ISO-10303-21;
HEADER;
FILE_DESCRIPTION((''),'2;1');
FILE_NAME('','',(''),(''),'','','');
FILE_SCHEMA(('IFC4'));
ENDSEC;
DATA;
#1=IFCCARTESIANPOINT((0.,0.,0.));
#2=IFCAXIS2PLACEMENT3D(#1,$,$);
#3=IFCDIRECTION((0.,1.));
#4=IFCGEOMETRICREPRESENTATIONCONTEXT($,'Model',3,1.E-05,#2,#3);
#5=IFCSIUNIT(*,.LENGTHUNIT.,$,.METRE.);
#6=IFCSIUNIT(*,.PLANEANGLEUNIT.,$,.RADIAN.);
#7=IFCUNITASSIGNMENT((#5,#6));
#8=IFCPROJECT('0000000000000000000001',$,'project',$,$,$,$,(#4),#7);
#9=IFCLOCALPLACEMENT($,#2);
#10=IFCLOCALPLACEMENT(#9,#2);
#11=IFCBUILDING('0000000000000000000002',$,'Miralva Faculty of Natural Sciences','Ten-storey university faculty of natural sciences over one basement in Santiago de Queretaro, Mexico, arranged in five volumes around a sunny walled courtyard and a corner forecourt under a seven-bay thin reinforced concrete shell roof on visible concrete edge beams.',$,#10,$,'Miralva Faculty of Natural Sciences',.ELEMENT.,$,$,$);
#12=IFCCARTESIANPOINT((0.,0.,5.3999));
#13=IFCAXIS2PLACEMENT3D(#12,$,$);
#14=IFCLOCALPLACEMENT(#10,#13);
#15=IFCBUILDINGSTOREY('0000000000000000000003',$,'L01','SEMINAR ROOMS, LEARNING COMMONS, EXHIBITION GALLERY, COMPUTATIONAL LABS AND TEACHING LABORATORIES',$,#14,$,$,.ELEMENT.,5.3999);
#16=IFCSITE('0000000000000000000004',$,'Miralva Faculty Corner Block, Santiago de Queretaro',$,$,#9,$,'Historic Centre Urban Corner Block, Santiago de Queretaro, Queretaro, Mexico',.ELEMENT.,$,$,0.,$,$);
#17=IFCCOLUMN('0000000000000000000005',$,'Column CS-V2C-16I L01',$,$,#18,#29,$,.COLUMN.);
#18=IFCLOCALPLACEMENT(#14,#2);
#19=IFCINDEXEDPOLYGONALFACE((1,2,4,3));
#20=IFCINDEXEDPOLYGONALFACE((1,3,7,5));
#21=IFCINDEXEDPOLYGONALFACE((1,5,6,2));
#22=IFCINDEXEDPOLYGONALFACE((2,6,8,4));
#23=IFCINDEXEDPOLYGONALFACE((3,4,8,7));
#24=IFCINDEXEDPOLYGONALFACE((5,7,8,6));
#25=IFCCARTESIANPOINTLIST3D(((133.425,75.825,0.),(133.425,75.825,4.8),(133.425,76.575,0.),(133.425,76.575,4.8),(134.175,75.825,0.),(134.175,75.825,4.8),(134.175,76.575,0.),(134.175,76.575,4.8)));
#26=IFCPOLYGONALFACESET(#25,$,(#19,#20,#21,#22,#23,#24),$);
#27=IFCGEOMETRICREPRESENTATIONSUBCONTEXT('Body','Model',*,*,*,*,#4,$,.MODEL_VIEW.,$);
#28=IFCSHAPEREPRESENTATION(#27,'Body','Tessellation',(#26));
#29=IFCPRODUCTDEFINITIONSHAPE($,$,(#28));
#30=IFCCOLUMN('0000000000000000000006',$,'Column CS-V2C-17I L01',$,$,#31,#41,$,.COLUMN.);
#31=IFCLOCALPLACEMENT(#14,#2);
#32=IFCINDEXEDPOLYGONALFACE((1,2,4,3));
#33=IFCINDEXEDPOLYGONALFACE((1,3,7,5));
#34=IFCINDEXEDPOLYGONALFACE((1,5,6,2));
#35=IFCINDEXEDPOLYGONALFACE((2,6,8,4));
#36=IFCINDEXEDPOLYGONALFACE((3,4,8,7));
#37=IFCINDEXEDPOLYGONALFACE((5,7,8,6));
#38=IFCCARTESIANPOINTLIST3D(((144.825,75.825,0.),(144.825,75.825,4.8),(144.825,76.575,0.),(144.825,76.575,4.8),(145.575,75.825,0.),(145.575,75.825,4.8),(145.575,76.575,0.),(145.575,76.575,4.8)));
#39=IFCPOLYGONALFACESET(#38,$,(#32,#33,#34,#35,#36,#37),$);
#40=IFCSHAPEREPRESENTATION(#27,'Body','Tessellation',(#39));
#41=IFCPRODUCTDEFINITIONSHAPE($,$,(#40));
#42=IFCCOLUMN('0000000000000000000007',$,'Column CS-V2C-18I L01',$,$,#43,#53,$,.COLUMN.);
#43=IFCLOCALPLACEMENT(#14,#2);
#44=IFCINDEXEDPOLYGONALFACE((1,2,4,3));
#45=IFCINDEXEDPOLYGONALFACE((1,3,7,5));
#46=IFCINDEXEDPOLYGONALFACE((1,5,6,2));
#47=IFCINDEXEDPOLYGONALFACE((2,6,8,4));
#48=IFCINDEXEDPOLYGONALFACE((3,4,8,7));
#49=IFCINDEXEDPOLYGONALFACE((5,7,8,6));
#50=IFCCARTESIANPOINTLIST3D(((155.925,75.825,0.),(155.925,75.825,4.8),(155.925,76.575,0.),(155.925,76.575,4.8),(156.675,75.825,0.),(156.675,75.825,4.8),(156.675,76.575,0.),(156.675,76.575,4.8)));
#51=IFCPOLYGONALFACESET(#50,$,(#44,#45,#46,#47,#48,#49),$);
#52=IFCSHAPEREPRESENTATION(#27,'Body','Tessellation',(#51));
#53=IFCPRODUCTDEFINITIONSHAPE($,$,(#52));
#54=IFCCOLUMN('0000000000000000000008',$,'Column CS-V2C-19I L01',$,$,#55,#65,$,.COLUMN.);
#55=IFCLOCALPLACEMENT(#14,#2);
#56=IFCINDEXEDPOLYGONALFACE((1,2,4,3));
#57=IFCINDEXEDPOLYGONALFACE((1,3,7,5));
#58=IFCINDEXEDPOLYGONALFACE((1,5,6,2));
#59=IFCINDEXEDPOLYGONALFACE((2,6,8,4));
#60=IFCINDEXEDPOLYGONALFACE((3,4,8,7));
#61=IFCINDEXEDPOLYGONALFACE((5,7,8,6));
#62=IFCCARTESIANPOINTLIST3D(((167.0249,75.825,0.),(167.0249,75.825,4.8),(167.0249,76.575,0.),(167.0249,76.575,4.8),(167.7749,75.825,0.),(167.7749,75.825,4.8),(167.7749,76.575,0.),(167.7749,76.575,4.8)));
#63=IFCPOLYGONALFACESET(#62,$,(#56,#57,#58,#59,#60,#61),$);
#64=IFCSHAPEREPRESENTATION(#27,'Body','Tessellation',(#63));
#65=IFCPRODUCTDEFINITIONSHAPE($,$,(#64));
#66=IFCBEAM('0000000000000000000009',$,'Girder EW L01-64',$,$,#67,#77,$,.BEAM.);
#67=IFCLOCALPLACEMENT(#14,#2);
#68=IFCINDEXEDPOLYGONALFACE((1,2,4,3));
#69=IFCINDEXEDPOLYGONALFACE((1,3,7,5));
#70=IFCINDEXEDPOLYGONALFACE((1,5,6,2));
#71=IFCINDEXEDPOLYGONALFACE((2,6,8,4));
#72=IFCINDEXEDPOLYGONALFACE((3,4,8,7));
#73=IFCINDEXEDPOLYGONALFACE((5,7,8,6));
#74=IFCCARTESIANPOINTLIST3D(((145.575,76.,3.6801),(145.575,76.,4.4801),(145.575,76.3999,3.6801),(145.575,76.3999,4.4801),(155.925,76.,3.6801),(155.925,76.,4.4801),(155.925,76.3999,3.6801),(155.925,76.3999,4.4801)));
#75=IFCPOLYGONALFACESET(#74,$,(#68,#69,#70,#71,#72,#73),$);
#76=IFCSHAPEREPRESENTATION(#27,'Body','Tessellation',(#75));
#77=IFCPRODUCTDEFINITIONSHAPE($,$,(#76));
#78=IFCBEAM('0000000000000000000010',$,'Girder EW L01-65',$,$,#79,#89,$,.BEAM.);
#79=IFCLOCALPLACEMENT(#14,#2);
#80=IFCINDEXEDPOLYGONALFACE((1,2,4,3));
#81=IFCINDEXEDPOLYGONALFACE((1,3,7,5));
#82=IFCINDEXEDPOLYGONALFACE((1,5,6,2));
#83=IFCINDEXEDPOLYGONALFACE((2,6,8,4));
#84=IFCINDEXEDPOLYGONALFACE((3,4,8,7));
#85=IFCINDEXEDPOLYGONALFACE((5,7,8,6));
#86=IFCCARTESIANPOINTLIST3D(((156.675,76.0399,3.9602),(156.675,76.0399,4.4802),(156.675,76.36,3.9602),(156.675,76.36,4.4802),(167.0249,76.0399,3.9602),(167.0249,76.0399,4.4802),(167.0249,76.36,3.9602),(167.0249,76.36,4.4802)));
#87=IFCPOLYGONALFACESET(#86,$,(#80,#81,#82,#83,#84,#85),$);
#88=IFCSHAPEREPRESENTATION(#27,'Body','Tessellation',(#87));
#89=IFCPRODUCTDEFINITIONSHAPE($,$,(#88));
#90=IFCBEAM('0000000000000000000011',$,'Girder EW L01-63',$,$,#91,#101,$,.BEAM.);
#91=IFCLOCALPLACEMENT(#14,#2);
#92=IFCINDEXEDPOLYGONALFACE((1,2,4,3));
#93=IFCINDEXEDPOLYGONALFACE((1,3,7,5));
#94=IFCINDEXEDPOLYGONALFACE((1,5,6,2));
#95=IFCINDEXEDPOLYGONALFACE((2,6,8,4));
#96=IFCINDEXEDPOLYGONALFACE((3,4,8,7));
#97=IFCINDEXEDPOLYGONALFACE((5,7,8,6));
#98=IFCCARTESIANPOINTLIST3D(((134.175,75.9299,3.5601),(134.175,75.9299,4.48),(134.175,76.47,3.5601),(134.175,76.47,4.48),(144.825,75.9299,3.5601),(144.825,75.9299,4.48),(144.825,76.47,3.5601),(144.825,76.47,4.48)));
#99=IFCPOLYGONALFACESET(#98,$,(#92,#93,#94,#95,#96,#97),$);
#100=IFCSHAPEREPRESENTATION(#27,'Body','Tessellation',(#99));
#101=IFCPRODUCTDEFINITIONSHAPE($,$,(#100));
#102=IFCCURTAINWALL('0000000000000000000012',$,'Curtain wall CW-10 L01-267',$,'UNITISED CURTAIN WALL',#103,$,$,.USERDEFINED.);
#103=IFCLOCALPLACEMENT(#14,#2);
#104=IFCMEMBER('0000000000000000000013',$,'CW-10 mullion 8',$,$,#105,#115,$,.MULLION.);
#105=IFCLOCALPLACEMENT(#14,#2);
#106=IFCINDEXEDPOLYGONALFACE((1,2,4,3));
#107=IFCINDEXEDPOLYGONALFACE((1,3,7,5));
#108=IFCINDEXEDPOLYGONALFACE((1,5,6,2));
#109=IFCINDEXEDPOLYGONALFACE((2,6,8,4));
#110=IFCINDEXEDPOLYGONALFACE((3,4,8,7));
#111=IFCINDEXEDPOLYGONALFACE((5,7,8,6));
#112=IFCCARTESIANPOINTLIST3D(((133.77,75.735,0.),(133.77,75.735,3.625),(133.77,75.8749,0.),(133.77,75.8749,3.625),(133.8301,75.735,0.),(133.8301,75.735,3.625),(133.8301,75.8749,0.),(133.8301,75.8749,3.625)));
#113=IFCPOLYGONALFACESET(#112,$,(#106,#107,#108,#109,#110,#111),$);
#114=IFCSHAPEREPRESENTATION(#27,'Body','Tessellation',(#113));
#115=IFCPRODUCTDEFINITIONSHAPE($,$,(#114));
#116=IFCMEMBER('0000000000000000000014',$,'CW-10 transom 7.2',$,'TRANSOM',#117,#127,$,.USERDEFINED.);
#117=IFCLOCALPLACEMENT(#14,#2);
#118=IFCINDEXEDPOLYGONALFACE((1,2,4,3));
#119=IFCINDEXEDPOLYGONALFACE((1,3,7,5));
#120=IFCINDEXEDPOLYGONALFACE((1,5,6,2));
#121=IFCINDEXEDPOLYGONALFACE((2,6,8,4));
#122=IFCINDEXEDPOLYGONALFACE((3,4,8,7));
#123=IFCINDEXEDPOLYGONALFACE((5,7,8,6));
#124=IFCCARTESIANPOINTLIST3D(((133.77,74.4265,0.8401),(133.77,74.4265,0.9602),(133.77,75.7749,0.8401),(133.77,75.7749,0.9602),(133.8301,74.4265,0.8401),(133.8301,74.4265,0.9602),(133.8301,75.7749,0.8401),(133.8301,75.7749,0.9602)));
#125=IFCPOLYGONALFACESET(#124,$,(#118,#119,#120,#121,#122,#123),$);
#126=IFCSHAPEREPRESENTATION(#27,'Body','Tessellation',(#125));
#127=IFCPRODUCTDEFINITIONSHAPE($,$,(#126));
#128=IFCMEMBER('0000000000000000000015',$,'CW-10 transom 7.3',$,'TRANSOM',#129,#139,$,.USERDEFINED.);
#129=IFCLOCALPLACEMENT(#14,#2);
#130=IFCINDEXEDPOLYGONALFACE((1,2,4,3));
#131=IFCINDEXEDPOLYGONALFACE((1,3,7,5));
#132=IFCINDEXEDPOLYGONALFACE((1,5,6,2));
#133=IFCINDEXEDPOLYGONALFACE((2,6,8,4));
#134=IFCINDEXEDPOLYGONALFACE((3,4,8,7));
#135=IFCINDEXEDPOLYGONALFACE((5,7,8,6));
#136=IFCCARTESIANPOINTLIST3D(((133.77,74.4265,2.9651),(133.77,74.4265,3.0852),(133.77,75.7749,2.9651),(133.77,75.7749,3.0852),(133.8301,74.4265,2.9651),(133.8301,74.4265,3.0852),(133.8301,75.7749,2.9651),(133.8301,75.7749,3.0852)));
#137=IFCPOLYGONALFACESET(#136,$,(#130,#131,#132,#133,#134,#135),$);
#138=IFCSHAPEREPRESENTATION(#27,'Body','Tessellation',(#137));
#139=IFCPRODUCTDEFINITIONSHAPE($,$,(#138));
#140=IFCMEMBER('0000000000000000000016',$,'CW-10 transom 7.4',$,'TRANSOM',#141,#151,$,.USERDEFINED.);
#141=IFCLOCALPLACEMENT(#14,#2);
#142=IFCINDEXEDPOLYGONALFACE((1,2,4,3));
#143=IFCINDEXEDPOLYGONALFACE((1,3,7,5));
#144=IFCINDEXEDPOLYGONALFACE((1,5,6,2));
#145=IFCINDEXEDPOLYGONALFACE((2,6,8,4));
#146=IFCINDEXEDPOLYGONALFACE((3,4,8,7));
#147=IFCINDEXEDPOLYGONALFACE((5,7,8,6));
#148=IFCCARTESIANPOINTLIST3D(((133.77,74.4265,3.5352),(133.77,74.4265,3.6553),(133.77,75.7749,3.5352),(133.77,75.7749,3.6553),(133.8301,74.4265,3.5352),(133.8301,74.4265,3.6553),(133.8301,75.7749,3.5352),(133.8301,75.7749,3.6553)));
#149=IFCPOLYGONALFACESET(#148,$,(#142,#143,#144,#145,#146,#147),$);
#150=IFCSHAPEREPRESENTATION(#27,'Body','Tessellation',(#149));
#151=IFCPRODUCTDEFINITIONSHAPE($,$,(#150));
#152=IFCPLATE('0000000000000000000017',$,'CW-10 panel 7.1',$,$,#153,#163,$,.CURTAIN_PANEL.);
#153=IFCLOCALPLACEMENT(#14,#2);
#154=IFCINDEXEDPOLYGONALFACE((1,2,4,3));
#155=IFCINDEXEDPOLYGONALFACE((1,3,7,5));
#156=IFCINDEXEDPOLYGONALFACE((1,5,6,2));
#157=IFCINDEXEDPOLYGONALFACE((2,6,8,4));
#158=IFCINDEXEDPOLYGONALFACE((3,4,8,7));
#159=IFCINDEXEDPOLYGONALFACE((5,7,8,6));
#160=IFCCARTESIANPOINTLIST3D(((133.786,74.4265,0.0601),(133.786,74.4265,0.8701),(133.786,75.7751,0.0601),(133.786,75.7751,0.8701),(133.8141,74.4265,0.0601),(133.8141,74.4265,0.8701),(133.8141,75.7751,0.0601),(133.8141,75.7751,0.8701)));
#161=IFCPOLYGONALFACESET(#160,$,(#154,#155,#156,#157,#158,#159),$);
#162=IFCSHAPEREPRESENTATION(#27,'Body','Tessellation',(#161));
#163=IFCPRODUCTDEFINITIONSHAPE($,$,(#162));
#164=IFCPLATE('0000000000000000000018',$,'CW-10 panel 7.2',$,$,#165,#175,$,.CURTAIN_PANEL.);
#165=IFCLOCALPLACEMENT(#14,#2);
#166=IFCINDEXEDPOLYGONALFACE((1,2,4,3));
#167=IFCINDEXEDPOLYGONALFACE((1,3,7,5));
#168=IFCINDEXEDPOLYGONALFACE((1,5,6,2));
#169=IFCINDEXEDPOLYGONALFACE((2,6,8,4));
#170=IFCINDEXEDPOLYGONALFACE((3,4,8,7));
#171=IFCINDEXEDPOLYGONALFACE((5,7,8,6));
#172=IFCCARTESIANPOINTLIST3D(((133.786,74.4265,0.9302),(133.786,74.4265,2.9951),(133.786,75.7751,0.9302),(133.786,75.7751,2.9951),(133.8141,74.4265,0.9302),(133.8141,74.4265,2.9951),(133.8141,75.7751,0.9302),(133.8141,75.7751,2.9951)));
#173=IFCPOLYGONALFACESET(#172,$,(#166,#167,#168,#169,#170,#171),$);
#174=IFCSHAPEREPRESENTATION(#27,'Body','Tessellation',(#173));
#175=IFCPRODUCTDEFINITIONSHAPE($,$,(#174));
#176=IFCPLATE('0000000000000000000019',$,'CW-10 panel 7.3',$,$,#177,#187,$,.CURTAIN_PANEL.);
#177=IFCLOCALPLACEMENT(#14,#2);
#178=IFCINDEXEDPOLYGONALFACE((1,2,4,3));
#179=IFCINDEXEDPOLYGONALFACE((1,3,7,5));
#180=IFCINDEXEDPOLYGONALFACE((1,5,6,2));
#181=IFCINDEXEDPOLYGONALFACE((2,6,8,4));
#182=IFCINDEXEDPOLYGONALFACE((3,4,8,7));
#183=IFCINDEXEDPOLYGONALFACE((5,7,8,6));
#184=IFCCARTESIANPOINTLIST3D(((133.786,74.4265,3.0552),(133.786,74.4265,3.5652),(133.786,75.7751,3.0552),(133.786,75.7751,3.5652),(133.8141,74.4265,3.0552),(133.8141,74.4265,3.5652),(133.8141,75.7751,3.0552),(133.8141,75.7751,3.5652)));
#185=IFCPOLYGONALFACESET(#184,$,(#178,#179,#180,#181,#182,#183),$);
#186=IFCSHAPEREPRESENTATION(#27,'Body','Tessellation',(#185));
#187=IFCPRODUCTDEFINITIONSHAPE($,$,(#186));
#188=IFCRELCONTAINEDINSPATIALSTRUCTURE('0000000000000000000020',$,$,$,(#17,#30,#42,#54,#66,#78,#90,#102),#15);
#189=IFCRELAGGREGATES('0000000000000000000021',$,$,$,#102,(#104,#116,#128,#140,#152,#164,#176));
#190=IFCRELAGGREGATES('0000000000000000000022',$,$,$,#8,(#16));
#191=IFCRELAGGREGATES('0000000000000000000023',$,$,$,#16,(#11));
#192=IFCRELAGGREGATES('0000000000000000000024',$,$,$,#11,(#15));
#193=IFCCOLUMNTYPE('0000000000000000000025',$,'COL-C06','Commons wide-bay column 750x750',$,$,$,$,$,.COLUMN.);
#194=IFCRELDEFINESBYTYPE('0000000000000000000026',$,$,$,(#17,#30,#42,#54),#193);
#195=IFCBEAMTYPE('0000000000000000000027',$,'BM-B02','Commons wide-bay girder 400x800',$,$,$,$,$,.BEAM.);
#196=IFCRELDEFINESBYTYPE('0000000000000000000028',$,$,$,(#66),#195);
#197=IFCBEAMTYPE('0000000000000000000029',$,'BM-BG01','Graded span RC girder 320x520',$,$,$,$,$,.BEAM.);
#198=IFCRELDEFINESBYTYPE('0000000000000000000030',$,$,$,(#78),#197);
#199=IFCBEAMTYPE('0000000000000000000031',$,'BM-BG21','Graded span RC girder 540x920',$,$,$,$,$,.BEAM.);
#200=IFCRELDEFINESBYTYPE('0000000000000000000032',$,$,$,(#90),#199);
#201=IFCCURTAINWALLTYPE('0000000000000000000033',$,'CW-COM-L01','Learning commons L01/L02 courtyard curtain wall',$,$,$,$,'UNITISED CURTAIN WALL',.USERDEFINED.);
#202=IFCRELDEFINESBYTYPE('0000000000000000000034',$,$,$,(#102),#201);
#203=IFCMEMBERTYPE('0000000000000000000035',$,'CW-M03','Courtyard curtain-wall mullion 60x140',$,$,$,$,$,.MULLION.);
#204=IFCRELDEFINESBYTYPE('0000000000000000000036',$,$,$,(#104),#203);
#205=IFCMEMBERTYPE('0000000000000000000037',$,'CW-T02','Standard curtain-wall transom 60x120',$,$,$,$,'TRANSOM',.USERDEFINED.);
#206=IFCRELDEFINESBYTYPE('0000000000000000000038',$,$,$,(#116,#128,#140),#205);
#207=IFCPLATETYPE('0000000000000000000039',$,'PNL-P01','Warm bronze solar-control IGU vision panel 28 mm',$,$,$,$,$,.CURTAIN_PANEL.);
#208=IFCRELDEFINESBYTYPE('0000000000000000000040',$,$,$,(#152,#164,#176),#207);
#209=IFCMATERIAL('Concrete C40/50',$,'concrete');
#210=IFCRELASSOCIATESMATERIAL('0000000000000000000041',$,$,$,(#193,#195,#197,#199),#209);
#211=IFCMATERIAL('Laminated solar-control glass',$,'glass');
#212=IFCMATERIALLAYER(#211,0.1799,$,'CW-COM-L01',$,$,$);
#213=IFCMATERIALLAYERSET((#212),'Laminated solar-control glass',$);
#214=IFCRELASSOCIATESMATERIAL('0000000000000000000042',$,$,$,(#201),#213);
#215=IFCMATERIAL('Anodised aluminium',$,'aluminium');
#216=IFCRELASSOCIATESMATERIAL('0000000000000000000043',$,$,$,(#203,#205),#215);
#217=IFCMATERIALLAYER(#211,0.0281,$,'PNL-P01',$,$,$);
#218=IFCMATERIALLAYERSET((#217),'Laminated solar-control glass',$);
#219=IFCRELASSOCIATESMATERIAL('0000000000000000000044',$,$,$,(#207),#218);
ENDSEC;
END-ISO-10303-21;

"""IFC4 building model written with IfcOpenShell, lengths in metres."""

from ifc_helpers import new_model, si_unit, direction, frame, origin, origin_2d, place, context, subcontext, project, spatial, rectangle, extrude, material, layer, layer_set, material_profile, profile_set, type_object, element, aggregate, save


model = new_model("IFC4")

# Units and contexts
model_context = context("Model", 3, precision=1e-05, world=origin(), true_north=direction((0.0, 1.0)))
body_context = subcontext(model_context, "Body", "Model", "MODEL_VIEW")
ifc_project = project(units=[si_unit("LENGTHUNIT", "METRE"), si_unit("PLANEANGLEUNIT", "RADIAN")], contexts=[model_context])

# Site, building, storey
site_placement = place(None, origin())
site = spatial("IfcSite", under=ifc_project, at=site_placement, Name="Miralva Faculty Corner Block, Santiago de Queretaro", LongName="Historic Centre Urban Corner Block, Santiago de Queretaro, Queretaro, Mexico", CompositionType="ELEMENT", RefElevation=0.0)
building_placement = place(site_placement, origin())
building = spatial("IfcBuilding", under=site, at=building_placement, Name="Miralva Faculty of Natural Sciences", Description="Ten-storey university faculty of natural sciences over one basement in Santiago de Queretaro, Mexico, arranged in five volumes around a sunny walled courtyard and a corner forecourt under a seven-bay thin reinforced concrete shell roof on visible concrete edge beams.", LongName="Miralva Faculty of Natural Sciences", CompositionType="ELEMENT")
storey_placement = place(building_placement, frame((0.0, 0.0, 5.3999)))
storey = spatial("IfcBuildingStorey", under=building, at=storey_placement, Name="L01", Description="SEMINAR ROOMS, LEARNING COMMONS, EXHIBITION GALLERY, COMPUTATIONAL LABS AND TEACHING LABORATORIES", CompositionType="ELEMENT", Elevation=5.3999)

# Columns
ifc_material_1 = material(Name="Concrete C40/50", Category="concrete")
ifc_material_profile_1 = material_profile(ifc_material_1, rectangle(XDim=0.75, YDim=0.75, at=origin_2d()), Name="RC 750x750")
ifc_profile_set_1 = profile_set([ifc_material_profile_1], Name="Concrete C40/50")
column_type = type_object("IfcColumnType", Name="COL-C06", Description="Commons wide-bay column 750x750", PredefinedType="COLUMN", material=ifc_profile_set_1)
for number, where, z_axis, x_axis, name in (
    (1, (133.8, 76.2, 0.0), (0.0, 0.0, 1.0), (1.0, 0.0, 0.0), "Column CS-V2C-16I L01"),
    (2, (145.2, 76.2, 0.0), (0.0, 0.0, 1.0), (1.0, 0.0, 0.0), "Column CS-V2C-17I L01"),
    (3, (156.3, 76.2, 0.0), (0.0, 0.0, 1.0), (1.0, 0.0, 0.0), "Column CS-V2C-18I L01"),
    (4, (167.3999, 76.2, 0.0), (0.0, 0.0, 1.0), (1.0, 0.0, 0.0), "Column CS-V2C-19I L01"),
):
    element("IfcColumn", number, at=place(storey_placement, frame(where, z_axis=z_axis, x_axis=x_axis)), inside=storey, type_object=column_type, Name=name, PredefinedType="COLUMN", context=body_context, shape_type="SweptSolid", body=[
        extrude(rectangle(XDim=0.75, YDim=0.75, at=origin_2d()), origin(), (0.0, 0.0, 1.0), 4.8),
    ])

# Beams
ifc_material_profile_2 = material_profile(ifc_material_1, rectangle(XDim=0.3999, YDim=0.8, at=origin_2d()), Name="RC 400x800")
ifc_profile_set_2 = profile_set([ifc_material_profile_2], Name="Concrete C40/50")
beam_type_1 = type_object("IfcBeamType", Name="BM-B02", Description="Commons wide-bay girder 400x800", PredefinedType="BEAM", material=ifc_profile_set_2)
beam_1_placement = place(storey_placement, frame((145.575, 76.2, 4.0801), z_axis=(1.0, 0.0, 0.0), x_axis=(0.0, 1.0, 0.0)))
element("IfcBeam", 5, at=beam_1_placement, inside=storey, type_object=beam_type_1, Name="Girder EW L01-64", PredefinedType="BEAM", context=body_context, shape_type="SweptSolid", body=[
    extrude(rectangle(XDim=0.3999, YDim=0.8, at=origin_2d()), origin(), (0.0, 0.0, 1.0), 10.3501),
])
ifc_material_profile_3 = material_profile(ifc_material_1, rectangle(XDim=0.3201, YDim=0.52, at=origin_2d()), Name="RC 320x520")
ifc_profile_set_3 = profile_set([ifc_material_profile_3], Name="Concrete C40/50")
beam_type_2 = type_object("IfcBeamType", Name="BM-BG01", Description="Graded span RC girder 320x520", PredefinedType="BEAM", material=ifc_profile_set_3)
beam_2_placement = place(storey_placement, frame((156.675, 76.2, 4.2202), z_axis=(1.0, 0.0, 0.0), x_axis=(0.0, 1.0, 0.0)))
element("IfcBeam", 6, at=beam_2_placement, inside=storey, type_object=beam_type_2, Name="Girder EW L01-65", PredefinedType="BEAM", context=body_context, shape_type="SweptSolid", body=[
    extrude(rectangle(XDim=0.3201, YDim=0.52, at=origin_2d()), origin(), (0.0, 0.0, 1.0), 10.3499),
])
ifc_material_profile_4 = material_profile(ifc_material_1, rectangle(XDim=0.54, YDim=0.9199, at=origin_2d()), Name="RC 540x920")
ifc_profile_set_4 = profile_set([ifc_material_profile_4], Name="Concrete C40/50")
beam_type_3 = type_object("IfcBeamType", Name="BM-BG21", Description="Graded span RC girder 540x920", PredefinedType="BEAM", material=ifc_profile_set_4)
beam_3_placement = place(storey_placement, frame((134.175, 76.2, 4.02), z_axis=(1.0, 0.0, 0.0), x_axis=(0.0, 1.0, 0.0)))
element("IfcBeam", 7, at=beam_3_placement, inside=storey, type_object=beam_type_3, Name="Girder EW L01-63", PredefinedType="BEAM", context=body_context, shape_type="SweptSolid", body=[
    extrude(rectangle(XDim=0.54, YDim=0.9199, at=origin_2d()), origin(), (0.0, 0.0, 1.0), 10.6499),
])

# Curtain wall, members, plates
ifc_material_2 = material(Name="Laminated solar-control glass", Category="glass")
ifc_layer_1 = layer(ifc_material_2, 0.1799, Name="CW-COM-L01")
ifc_layer_set_1 = layer_set([ifc_layer_1], Name="Laminated solar-control glass")
curtain_wall_type = type_object("IfcCurtainWallType", Name="CW-COM-L01", Description="Learning commons L01/L02 courtyard curtain wall", ElementType="UNITISED CURTAIN WALL", PredefinedType="USERDEFINED", material=ifc_layer_set_1)
curtain_wall_placement = place(storey_placement, origin())
curtain_wall = element("IfcCurtainWall", 8, at=curtain_wall_placement, inside=storey, type_object=curtain_wall_type, Name="Curtain wall CW-10 L01-267", ObjectType="UNITISED CURTAIN WALL", PredefinedType="USERDEFINED")
ifc_material_3 = material(Name="Anodised aluminium", Category="aluminium")
ifc_material_profile_5 = material_profile(ifc_material_3, rectangle(XDim=0.0601, YDim=0.1399, at=origin_2d()), Name="MULLION 60x140")
ifc_profile_set_5 = profile_set([ifc_material_profile_5], Name="Anodised aluminium")
member_type_1 = type_object("IfcMemberType", Name="CW-M03", Description="Courtyard curtain-wall mullion 60x140", PredefinedType="MULLION", material=ifc_profile_set_5)
member_1_placement = place(storey_placement, frame((133.8, 75.8049, 0.0), z_axis=(0.0, 0.0, 1.0), x_axis=(-1.0, 0.0, 0.0)))
member_1 = element("IfcMember", 9, at=member_1_placement, type_object=member_type_1, Name="CW-10 mullion 8", PredefinedType="MULLION", context=body_context, shape_type="SweptSolid", body=[
    extrude(rectangle(XDim=0.0601, YDim=0.1399, at=origin_2d()), origin(), (0.0, 0.0, 1.0), 3.625),
])
ifc_material_profile_6 = material_profile(ifc_material_3, rectangle(XDim=0.0601, YDim=0.1201, at=origin_2d()), Name="TRANSOM 60x120")
ifc_profile_set_6 = profile_set([ifc_material_profile_6], Name="Anodised aluminium")
member_type_2 = type_object("IfcMemberType", Name="CW-T02", Description="Standard curtain-wall transom 60x120", ElementType="TRANSOM", PredefinedType="USERDEFINED", material=ifc_profile_set_6)
member_2_placement = place(storey_placement, frame((133.8, 74.4265, 0.9001), z_axis=(0.0, 1.0, 0.0), x_axis=(-1.0, 0.0, 0.0)))
member_2 = element("IfcMember", 10, at=member_2_placement, type_object=member_type_2, Name="CW-10 transom 7.2", ObjectType="TRANSOM", PredefinedType="USERDEFINED", context=body_context, shape_type="SweptSolid", body=[
    extrude(rectangle(XDim=0.0601, YDim=0.1201, at=origin_2d()), origin(), (0.0, 0.0, 1.0), 1.3484),
])
member_3_placement = place(storey_placement, frame((133.8, 74.4265, 3.0251), z_axis=(0.0, 1.0, 0.0), x_axis=(-1.0, 0.0, 0.0)))
member_3 = element("IfcMember", 11, at=member_3_placement, type_object=member_type_2, Name="CW-10 transom 7.3", ObjectType="TRANSOM", PredefinedType="USERDEFINED", context=body_context, shape_type="SweptSolid", body=[
    extrude(rectangle(XDim=0.0601, YDim=0.1201, at=origin_2d()), origin(), (0.0, 0.0, 1.0), 1.3484),
])
member_4_placement = place(storey_placement, frame((133.8, 74.4265, 3.5952), z_axis=(0.0, 1.0, 0.0), x_axis=(-1.0, 0.0, 0.0)))
member_4 = element("IfcMember", 12, at=member_4_placement, type_object=member_type_2, Name="CW-10 transom 7.4", ObjectType="TRANSOM", PredefinedType="USERDEFINED", context=body_context, shape_type="SweptSolid", body=[
    extrude(rectangle(XDim=0.0601, YDim=0.1201, at=origin_2d()), origin(), (0.0, 0.0, 1.0), 1.3484),
])
ifc_layer_2 = layer(ifc_material_2, 0.0281, Name="PNL-P01")
ifc_layer_set_2 = layer_set([ifc_layer_2], Name="Laminated solar-control glass")
plate_type = type_object("IfcPlateType", Name="PNL-P01", Description="Warm bronze solar-control IGU vision panel 28 mm", PredefinedType="CURTAIN_PANEL", material=ifc_layer_set_2)
plate_1_placement = place(storey_placement, frame((133.8, 75.1008, 0.0601), z_axis=(0.0, 0.0, 1.0), x_axis=(0.0, 1.0, 0.0)))
plate_1 = element("IfcPlate", 13, at=plate_1_placement, type_object=plate_type, Name="CW-10 panel 7.1", PredefinedType="CURTAIN_PANEL", context=body_context, shape_type="SweptSolid", body=[
    extrude(rectangle(XDim=1.3486, YDim=0.0281, at=origin_2d()), origin(), (0.0, 0.0, 1.0), 0.8101),
])
plate_2_placement = place(storey_placement, frame((133.8, 75.1008, 0.9302), z_axis=(0.0, 0.0, 1.0), x_axis=(0.0, 1.0, 0.0)))
plate_2 = element("IfcPlate", 14, at=plate_2_placement, type_object=plate_type, Name="CW-10 panel 7.2", PredefinedType="CURTAIN_PANEL", context=body_context, shape_type="SweptSolid", body=[
    extrude(rectangle(XDim=1.3486, YDim=0.0281, at=origin_2d()), origin(), (0.0, 0.0, 1.0), 2.0649),
])
plate_3_placement = place(storey_placement, frame((133.8, 75.1008, 3.0552), z_axis=(0.0, 0.0, 1.0), x_axis=(0.0, 1.0, 0.0)))
plate_3 = element("IfcPlate", 15, at=plate_3_placement, type_object=plate_type, Name="CW-10 panel 7.3", PredefinedType="CURTAIN_PANEL", context=body_context, shape_type="SweptSolid", body=[
    extrude(rectangle(XDim=1.3486, YDim=0.0281, at=origin_2d()), origin(), (0.0, 0.0, 1.0), 0.51),
])
aggregate(curtain_wall, [member_1, member_2, member_3, member_4, plate_1, plate_2, plate_3])

save(model, "model.ifc")
